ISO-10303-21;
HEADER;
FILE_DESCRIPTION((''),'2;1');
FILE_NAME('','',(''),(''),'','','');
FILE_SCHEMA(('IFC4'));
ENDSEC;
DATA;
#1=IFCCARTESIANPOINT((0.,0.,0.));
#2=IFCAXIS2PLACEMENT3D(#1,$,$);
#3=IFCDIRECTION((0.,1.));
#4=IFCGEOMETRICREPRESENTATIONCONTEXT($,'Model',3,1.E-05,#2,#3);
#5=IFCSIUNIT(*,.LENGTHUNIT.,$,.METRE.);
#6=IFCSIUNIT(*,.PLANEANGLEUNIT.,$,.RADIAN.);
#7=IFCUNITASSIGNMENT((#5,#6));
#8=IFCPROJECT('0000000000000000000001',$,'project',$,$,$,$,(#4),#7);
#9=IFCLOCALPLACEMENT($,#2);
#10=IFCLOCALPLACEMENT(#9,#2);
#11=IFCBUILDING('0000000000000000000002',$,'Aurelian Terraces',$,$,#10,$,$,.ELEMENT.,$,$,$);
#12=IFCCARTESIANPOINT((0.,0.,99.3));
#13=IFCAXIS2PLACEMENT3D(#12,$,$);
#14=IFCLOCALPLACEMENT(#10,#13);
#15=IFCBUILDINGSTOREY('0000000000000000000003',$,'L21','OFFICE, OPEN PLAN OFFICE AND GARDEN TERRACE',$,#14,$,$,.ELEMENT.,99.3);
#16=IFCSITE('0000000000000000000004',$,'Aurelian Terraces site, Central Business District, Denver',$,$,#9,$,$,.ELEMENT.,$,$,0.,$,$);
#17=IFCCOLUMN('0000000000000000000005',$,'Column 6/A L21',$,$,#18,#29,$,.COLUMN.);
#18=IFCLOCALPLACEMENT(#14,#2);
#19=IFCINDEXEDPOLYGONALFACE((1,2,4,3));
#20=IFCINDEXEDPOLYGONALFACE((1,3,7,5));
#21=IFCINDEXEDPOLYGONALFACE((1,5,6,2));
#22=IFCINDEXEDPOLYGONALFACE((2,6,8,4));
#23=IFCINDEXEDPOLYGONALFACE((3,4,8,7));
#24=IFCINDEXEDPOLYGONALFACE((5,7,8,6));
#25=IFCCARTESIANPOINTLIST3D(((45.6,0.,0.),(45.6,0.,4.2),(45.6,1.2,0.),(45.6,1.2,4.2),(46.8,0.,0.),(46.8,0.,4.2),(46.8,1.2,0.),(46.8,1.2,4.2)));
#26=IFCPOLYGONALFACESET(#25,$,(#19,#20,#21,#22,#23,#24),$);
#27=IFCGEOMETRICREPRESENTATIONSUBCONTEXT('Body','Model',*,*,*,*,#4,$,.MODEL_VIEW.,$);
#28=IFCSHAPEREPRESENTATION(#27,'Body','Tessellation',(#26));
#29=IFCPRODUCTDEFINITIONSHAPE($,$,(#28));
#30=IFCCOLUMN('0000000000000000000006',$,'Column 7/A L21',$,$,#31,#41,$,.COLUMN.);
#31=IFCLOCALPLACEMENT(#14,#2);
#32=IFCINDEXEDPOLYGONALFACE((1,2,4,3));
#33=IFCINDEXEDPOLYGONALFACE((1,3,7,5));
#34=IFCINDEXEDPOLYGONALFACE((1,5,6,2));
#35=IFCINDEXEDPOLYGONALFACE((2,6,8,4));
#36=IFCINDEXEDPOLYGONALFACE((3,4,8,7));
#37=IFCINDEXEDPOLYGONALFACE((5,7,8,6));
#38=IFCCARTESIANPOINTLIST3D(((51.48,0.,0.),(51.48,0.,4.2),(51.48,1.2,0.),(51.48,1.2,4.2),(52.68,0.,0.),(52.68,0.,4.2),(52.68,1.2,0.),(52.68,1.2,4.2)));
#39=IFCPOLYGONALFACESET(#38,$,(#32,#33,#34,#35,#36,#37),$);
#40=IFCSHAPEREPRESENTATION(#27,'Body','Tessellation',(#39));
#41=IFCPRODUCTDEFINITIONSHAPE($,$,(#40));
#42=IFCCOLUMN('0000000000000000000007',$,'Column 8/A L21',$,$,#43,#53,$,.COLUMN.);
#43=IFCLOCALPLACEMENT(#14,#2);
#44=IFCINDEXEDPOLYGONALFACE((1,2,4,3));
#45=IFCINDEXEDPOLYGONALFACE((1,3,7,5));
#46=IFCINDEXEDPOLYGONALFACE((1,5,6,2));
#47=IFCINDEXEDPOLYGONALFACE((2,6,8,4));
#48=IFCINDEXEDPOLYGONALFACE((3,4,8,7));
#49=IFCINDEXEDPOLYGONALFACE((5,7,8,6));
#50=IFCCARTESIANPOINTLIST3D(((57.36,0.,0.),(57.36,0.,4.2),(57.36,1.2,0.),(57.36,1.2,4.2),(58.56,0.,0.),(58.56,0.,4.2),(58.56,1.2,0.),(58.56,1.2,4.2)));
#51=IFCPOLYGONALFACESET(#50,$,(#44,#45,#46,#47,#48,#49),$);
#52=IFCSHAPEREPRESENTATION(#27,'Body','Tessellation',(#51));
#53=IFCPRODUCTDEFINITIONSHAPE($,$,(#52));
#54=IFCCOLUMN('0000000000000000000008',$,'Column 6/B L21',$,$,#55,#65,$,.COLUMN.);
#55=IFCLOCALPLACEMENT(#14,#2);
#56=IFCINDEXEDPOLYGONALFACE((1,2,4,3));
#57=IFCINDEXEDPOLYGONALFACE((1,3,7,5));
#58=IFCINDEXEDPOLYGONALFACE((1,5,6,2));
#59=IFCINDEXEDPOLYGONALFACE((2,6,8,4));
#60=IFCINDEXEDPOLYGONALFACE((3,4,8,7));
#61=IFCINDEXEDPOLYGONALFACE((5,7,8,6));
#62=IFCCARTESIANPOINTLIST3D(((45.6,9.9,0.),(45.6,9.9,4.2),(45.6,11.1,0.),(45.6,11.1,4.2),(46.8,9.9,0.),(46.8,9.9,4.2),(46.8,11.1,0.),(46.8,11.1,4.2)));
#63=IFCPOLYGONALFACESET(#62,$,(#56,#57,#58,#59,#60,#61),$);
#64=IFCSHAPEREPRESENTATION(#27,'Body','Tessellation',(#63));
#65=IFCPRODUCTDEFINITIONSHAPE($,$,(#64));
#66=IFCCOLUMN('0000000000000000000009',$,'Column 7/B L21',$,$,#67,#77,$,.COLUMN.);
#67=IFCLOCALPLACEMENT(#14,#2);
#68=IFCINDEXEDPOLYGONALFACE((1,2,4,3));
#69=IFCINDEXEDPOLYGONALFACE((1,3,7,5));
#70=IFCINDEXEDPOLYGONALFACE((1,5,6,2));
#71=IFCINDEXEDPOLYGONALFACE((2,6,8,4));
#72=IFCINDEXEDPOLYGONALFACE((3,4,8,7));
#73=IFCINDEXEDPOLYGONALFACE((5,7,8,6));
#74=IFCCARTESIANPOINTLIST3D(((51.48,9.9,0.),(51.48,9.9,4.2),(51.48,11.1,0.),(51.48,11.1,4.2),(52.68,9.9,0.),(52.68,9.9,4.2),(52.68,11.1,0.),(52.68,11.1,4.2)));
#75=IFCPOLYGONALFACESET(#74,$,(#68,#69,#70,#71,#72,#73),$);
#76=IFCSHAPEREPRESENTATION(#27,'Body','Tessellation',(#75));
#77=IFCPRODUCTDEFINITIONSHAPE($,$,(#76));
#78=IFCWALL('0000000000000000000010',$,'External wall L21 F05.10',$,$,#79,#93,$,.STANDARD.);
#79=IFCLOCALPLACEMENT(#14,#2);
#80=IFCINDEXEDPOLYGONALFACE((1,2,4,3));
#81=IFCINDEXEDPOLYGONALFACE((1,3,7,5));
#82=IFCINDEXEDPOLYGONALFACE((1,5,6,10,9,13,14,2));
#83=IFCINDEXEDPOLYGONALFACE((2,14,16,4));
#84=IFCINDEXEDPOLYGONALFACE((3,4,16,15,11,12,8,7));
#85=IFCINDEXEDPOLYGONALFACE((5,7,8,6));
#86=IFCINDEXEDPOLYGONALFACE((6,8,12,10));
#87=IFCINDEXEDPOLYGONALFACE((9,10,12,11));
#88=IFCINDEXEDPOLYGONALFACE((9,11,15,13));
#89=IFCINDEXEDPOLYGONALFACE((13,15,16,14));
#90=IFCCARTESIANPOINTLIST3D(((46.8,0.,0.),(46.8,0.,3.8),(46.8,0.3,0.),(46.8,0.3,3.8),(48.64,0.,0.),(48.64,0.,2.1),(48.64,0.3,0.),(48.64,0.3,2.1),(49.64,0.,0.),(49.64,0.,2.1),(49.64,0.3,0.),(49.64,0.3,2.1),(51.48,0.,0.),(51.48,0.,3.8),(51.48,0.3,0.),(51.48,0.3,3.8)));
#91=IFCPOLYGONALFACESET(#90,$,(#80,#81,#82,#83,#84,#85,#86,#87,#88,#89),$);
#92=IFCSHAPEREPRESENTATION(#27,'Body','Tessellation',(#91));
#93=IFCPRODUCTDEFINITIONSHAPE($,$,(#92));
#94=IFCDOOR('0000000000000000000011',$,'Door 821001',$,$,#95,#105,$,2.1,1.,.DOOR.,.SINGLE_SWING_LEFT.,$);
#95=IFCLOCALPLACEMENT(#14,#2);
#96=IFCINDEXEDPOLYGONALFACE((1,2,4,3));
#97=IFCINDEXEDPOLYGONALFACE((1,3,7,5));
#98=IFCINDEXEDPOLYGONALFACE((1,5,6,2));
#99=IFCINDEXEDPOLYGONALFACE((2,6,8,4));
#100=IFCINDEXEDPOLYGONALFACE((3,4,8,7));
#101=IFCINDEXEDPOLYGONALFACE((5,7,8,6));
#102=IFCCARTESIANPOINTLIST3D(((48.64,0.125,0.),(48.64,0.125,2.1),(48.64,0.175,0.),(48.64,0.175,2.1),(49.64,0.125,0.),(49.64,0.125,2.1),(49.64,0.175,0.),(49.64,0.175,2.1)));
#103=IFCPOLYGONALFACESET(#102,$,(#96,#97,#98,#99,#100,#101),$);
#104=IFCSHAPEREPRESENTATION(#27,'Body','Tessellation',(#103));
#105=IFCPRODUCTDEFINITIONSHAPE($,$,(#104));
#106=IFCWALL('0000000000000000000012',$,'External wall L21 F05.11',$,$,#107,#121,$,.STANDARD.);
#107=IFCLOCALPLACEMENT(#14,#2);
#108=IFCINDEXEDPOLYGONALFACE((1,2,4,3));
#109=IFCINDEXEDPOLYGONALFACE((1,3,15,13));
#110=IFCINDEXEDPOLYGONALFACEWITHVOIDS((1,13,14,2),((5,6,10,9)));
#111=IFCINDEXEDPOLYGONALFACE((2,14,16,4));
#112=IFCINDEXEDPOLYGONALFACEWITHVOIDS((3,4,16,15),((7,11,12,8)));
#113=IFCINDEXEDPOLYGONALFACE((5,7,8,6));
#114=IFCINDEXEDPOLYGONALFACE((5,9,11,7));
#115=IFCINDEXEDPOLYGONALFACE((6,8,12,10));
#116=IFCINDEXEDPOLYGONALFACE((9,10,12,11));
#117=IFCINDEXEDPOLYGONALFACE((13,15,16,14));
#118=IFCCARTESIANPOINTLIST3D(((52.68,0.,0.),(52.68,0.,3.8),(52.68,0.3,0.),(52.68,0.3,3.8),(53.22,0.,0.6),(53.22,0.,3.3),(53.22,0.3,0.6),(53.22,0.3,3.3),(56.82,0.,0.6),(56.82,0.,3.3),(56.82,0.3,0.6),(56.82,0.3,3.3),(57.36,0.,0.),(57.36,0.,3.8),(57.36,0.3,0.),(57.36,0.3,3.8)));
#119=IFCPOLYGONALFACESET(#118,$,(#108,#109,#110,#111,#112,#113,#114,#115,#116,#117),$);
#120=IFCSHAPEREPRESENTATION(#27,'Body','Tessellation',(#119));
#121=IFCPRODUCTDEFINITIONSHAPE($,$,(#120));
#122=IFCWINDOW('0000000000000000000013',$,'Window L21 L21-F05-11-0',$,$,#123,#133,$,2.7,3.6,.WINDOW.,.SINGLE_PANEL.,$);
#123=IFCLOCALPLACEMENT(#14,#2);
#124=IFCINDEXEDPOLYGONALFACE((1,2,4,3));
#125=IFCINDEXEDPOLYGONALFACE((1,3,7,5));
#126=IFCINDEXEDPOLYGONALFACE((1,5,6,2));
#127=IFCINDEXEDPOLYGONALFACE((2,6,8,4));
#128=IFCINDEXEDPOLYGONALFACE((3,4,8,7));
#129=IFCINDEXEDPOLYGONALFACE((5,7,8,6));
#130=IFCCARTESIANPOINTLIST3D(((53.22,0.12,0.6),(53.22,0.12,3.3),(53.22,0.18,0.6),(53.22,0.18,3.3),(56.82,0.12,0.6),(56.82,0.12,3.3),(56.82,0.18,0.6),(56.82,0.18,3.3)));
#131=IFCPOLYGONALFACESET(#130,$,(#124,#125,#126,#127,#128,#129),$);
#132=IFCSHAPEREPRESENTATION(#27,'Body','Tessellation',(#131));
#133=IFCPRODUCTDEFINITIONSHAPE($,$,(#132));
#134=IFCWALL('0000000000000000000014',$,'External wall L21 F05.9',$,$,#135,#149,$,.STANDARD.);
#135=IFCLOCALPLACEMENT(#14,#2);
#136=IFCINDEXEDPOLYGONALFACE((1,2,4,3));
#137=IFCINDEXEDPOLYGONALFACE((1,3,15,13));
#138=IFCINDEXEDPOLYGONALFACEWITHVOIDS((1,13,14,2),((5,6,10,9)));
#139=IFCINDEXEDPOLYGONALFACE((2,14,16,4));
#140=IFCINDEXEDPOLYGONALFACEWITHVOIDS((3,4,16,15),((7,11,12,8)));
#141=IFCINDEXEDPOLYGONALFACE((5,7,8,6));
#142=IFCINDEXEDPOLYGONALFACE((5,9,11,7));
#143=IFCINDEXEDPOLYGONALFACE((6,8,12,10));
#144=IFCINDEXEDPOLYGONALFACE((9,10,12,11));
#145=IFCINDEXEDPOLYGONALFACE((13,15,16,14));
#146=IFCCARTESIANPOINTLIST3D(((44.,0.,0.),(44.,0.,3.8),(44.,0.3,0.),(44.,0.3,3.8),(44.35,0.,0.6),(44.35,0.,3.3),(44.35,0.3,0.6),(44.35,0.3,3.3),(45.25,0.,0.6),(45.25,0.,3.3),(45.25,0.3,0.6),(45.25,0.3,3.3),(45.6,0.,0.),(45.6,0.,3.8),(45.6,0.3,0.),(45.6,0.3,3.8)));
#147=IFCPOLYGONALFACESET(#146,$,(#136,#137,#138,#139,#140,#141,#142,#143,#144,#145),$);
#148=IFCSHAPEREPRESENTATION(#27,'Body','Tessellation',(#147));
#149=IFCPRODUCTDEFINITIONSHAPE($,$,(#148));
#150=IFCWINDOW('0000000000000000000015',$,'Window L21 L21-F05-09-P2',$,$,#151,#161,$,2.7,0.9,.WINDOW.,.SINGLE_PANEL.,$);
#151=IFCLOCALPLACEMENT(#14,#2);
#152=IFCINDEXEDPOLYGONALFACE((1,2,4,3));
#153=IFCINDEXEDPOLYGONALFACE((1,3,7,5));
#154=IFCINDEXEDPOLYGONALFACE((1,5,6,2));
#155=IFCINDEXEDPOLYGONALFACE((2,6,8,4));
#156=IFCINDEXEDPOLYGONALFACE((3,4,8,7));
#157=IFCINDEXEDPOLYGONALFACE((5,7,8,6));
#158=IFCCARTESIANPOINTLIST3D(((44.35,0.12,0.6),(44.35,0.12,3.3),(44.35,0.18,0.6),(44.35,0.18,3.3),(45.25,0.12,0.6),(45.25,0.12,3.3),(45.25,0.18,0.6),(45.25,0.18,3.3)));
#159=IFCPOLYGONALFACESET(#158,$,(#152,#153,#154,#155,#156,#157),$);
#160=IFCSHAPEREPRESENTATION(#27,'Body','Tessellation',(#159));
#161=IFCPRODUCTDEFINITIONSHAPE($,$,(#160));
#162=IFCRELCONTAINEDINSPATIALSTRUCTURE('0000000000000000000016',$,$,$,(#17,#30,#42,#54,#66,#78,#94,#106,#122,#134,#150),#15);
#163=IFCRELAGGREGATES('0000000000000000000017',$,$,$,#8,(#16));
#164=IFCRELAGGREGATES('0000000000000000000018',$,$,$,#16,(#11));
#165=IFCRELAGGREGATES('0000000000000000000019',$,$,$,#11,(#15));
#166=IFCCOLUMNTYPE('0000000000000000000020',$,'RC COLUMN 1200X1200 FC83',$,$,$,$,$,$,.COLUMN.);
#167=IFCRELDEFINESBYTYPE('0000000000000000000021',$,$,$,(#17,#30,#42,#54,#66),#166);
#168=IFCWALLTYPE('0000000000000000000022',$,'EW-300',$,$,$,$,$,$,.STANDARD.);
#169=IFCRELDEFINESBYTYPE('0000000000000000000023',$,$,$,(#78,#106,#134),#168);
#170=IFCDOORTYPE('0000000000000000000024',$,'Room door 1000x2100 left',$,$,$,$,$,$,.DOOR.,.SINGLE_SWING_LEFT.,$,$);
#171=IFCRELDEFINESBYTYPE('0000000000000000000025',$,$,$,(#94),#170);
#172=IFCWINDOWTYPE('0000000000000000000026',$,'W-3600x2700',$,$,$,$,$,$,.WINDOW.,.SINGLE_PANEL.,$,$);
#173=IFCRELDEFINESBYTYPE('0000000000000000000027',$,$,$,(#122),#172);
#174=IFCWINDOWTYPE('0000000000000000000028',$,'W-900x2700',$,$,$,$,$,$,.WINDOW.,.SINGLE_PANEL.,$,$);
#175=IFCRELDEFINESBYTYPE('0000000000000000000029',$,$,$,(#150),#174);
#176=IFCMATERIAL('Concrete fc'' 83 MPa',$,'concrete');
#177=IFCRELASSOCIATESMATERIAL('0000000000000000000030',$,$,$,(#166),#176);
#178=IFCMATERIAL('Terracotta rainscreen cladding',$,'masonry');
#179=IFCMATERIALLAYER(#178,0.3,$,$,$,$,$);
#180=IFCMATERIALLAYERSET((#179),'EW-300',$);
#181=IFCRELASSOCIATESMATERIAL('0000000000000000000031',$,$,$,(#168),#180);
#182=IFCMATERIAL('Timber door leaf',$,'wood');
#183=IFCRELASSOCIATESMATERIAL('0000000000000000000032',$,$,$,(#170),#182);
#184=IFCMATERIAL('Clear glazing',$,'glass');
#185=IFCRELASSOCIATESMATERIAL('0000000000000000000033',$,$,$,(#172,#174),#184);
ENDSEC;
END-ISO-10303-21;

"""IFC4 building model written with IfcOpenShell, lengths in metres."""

from ifc_helpers import new_model, si_unit, direction, frame, frame_2d, origin, origin_2d, place, context, subcontext, project, spatial, rectangle, extrude, source, transform, mapped, material, layer, layer_set, material_profile, profile_set, type_object, element, fill, save


model = new_model("IFC4")

# Units and contexts
model_context = context("Model", 3, precision=1e-05, world=origin(), true_north=direction((0.0, 1.0)))
body_context = subcontext(model_context, "Body", "Model", "MODEL_VIEW")
ifc_project = project(units=[si_unit("LENGTHUNIT", "METRE"), si_unit("PLANEANGLEUNIT", "RADIAN")], contexts=[model_context])

# Site, building, storey
site_placement = place(None, origin())
site = spatial("IfcSite", under=ifc_project, at=site_placement, Name="Aurelian Terraces site, Central Business District, Denver", CompositionType="ELEMENT", RefElevation=0.0)
building_placement = place(site_placement, origin())
building = spatial("IfcBuilding", under=site, at=building_placement, Name="Aurelian Terraces", CompositionType="ELEMENT")
storey_placement = place(building_placement, frame((0.0, 0.0, 99.3)))
storey = spatial("IfcBuildingStorey", under=building, at=storey_placement, Name="L21", Description="OFFICE, OPEN PLAN OFFICE AND GARDEN TERRACE", CompositionType="ELEMENT", Elevation=99.3)

# Columns
ifc_material_1 = material(Name="Concrete fc' 83 MPa", Category="concrete")
ifc_material_profile = material_profile(ifc_material_1, rectangle(XDim=1.2, YDim=1.2, at=origin_2d()))
ifc_profile_set = profile_set([ifc_material_profile], Name="Concrete fc' 83 MPa")
column_type = type_object("IfcColumnType", Name="RC COLUMN 1200X1200 FC83", PredefinedType="COLUMN", material=ifc_profile_set)
shared_shape_1 = source(origin(), body_context, "Body", "SweptSolid", [
    extrude(rectangle(XDim=1.2, YDim=1.2, at=origin_2d()), origin(), (0.0, 0.0, 1.0), 4.2),
])
for number, where, z_axis, x_axis, name in (
    (1, (46.2, 0.6, 0.0), (0.0, 0.0, 1.0), (1.0, 0.0, 0.0), "Column 6/A L21"),
    (2, (52.08, 0.6, 0.0), (0.0, 0.0, 1.0), (1.0, 0.0, 0.0), "Column 7/A L21"),
    (3, (57.96, 0.6, 0.0), (0.0, 0.0, 1.0), (1.0, 0.0, 0.0), "Column 8/A L21"),
    (4, (46.2, 10.5, 0.0), (0.0, 0.0, 1.0), (1.0, 0.0, 0.0), "Column 6/B L21"),
    (5, (52.08, 10.5, 0.0), (0.0, 0.0, 1.0), (1.0, 0.0, 0.0), "Column 7/B L21"),
):
    element("IfcColumn", number, at=place(storey_placement, frame(where, z_axis=z_axis, x_axis=x_axis)), inside=storey, type_object=column_type, Name=name, PredefinedType="COLUMN", context=body_context, shape_type="MappedRepresentation", body=[
        mapped(shared_shape_1, transform((0.0, 0.0, 0.0), scale=1.0)),
    ])

# Wall, opening, door
ifc_material_2 = material(Name="Terracotta rainscreen cladding", Category="masonry")
ifc_layer_1 = layer(ifc_material_2, 0.3)
ifc_layer_set_1 = layer_set([ifc_layer_1], Name="EW-300")
wall_type_1 = type_object("IfcWallType", Name="EW-300", PredefinedType="STANDARD", material=ifc_layer_set_1)
shared_shape_2 = source(origin(), body_context, "Body", "SweptSolid", [
    extrude(rectangle(XDim=4.68, YDim=0.3, at=frame_2d((2.34, 0.0))), origin(), (0.0, 0.0, 1.0), 3.8),
])
wall_1_placement = place(storey_placement, frame((46.8, 0.15, 0.0), z_axis=(0.0, 0.0, 1.0), x_axis=(1.0, 0.0, 0.0)))
wall_1 = element("IfcWall", 6, at=wall_1_placement, inside=storey, type_object=wall_type_1, Name="External wall L21 F05.10", PredefinedType="STANDARD", context=body_context, shape_type="MappedRepresentation", body=[
    mapped(shared_shape_2, transform((0.0, 0.0, 0.0), scale=1.0)),
])
shared_shape_3 = source(origin(), body_context, "Body", "SweptSolid", [
    extrude(rectangle(XDim=1.0, YDim=2.1, at=frame_2d((0.5, 1.05))), frame((0.0, 0.16, 0.0), z_axis=(0.0, -1.0, 0.0), x_axis=(1.0, 0.0, 0.0)), (0.0, 0.0, 1.0), 0.32),
])
opening_1_placement = place(wall_1_placement, frame((1.84, 0.0, 0.0)))
opening_1 = element("IfcOpeningElement", 7, at=opening_1_placement, cuts=wall_1, PredefinedType="OPENING", context=body_context, shape_type="MappedRepresentation", body=[
    mapped(shared_shape_3, transform((0.0, 0.0, 0.0), scale=1.0)),
])
ifc_material_3 = material(Name="Timber door leaf", Category="wood")
door_type_1 = type_object("IfcDoorType", Name="Room door 1000x2100 left", OperationType="SINGLE_SWING_LEFT", PredefinedType="DOOR", material=ifc_material_3)
shared_shape_4 = source(origin(), body_context, "Body", "SweptSolid", [
    extrude(rectangle(XDim=1.0, YDim=2.1, at=frame_2d((0.5, 1.05))), frame((0.0, 0.025, 0.0), z_axis=(0.0, -1.0, 0.0), x_axis=(1.0, 0.0, 0.0)), (0.0, 0.0, 1.0), 0.05),
])
door_1_placement = place(opening_1_placement, origin())
door_1 = element("IfcDoor", 8, at=door_1_placement, inside=storey, type_object=door_type_1, Name="Door 821001", OperationType="SINGLE_SWING_LEFT", OverallHeight=2.1, OverallWidth=1.0, PredefinedType="DOOR", context=body_context, shape_type="MappedRepresentation", body=[
    mapped(shared_shape_4, transform((0.0, 0.0, 0.0), scale=1.0)),
])
fill(opening_1, door_1)

# Walls, openings, windows
wall_2_placement = place(storey_placement, frame((52.68, 0.15, 0.0), z_axis=(0.0, 0.0, 1.0), x_axis=(1.0, 0.0, 0.0)))
wall_2 = element("IfcWall", 9, at=wall_2_placement, inside=storey, type_object=wall_type_1, Name="External wall L21 F05.11", PredefinedType="STANDARD", context=body_context, shape_type="MappedRepresentation", body=[
    mapped(shared_shape_2, transform((0.0, 0.0, 0.0), scale=1.0)),
])
shared_shape_5 = source(origin(), body_context, "Body", "SweptSolid", [
    extrude(rectangle(XDim=3.6, YDim=2.7, at=frame_2d((1.8, 1.35))), frame((0.0, 0.16, 0.0), z_axis=(0.0, -1.0, 0.0), x_axis=(1.0, 0.0, 0.0)), (0.0, 0.0, 1.0), 0.32),
])
opening_2_placement = place(wall_2_placement, frame((0.54, 0.0, 0.6)))
opening_2 = element("IfcOpeningElement", 10, at=opening_2_placement, cuts=wall_2, PredefinedType="OPENING", context=body_context, shape_type="MappedRepresentation", body=[
    mapped(shared_shape_5, transform((0.0, 0.0, 0.0), scale=1.0)),
])
ifc_material_4 = material(Name="Clear glazing", Category="glass")
window_type_1 = type_object("IfcWindowType", Name="W-3600x2700", PartitioningType="SINGLE_PANEL", PredefinedType="WINDOW", material=ifc_material_4)
shared_shape_6 = source(origin(), body_context, "Body", "SweptSolid", [
    extrude(rectangle(XDim=3.6, YDim=2.7, at=frame_2d((1.8, 1.35))), frame((0.0, 0.03, 0.0), z_axis=(0.0, -1.0, 0.0), x_axis=(1.0, 0.0, 0.0)), (0.0, 0.0, 1.0), 0.06),
])
window_1_placement = place(opening_2_placement, origin())
window_1 = element("IfcWindow", 11, at=window_1_placement, inside=storey, type_object=window_type_1, Name="Window L21 L21-F05-11-0", OverallHeight=2.7, OverallWidth=3.6, PartitioningType="SINGLE_PANEL", PredefinedType="WINDOW", context=body_context, shape_type="MappedRepresentation", body=[
    mapped(shared_shape_6, transform((0.0, 0.0, 0.0), scale=1.0)),
])
fill(opening_2, window_1)
shared_shape_7 = source(origin(), body_context, "Body", "SweptSolid", [
    extrude(rectangle(XDim=1.6, YDim=0.3, at=frame_2d((0.8, 0.0))), origin(), (0.0, 0.0, 1.0), 3.8),
])
wall_3_placement = place(storey_placement, frame((44.0, 0.15, 0.0), z_axis=(0.0, 0.0, 1.0), x_axis=(1.0, 0.0, 0.0)))
wall_3 = element("IfcWall", 12, at=wall_3_placement, inside=storey, type_object=wall_type_1, Name="External wall L21 F05.9", PredefinedType="STANDARD", context=body_context, shape_type="MappedRepresentation", body=[
    mapped(shared_shape_7, transform((0.0, 0.0, 0.0), scale=1.0)),
])
shared_shape_8 = source(origin(), body_context, "Body", "SweptSolid", [
    extrude(rectangle(XDim=0.9, YDim=2.7, at=frame_2d((0.45, 1.35))), frame((0.0, 0.16, 0.0), z_axis=(0.0, -1.0, 0.0), x_axis=(1.0, 0.0, 0.0)), (0.0, 0.0, 1.0), 0.32),
])
opening_3_placement = place(wall_3_placement, frame((0.35, 0.0, 0.6)))
opening_3 = element("IfcOpeningElement", 13, at=opening_3_placement, cuts=wall_3, PredefinedType="OPENING", context=body_context, shape_type="MappedRepresentation", body=[
    mapped(shared_shape_8, transform((0.0, 0.0, 0.0), scale=1.0)),
])
window_type_2 = type_object("IfcWindowType", Name="W-900x2700", PartitioningType="SINGLE_PANEL", PredefinedType="WINDOW", material=ifc_material_4)
shared_shape_9 = source(origin(), body_context, "Body", "SweptSolid", [
    extrude(rectangle(XDim=0.9, YDim=2.7, at=frame_2d((0.45, 1.35))), frame((0.0, 0.03, 0.0), z_axis=(0.0, -1.0, 0.0), x_axis=(1.0, 0.0, 0.0)), (0.0, 0.0, 1.0), 0.06),
])
window_2_placement = place(opening_3_placement, origin())
window_2 = element("IfcWindow", 14, at=window_2_placement, inside=storey, type_object=window_type_2, Name="Window L21 L21-F05-09-P2", OverallHeight=2.7, OverallWidth=0.9, PartitioningType="SINGLE_PANEL", PredefinedType="WINDOW", context=body_context, shape_type="MappedRepresentation", body=[
    mapped(shared_shape_9, transform((0.0, 0.0, 0.0), scale=1.0)),
])
fill(opening_3, window_2)

save(model, "model.ifc")
